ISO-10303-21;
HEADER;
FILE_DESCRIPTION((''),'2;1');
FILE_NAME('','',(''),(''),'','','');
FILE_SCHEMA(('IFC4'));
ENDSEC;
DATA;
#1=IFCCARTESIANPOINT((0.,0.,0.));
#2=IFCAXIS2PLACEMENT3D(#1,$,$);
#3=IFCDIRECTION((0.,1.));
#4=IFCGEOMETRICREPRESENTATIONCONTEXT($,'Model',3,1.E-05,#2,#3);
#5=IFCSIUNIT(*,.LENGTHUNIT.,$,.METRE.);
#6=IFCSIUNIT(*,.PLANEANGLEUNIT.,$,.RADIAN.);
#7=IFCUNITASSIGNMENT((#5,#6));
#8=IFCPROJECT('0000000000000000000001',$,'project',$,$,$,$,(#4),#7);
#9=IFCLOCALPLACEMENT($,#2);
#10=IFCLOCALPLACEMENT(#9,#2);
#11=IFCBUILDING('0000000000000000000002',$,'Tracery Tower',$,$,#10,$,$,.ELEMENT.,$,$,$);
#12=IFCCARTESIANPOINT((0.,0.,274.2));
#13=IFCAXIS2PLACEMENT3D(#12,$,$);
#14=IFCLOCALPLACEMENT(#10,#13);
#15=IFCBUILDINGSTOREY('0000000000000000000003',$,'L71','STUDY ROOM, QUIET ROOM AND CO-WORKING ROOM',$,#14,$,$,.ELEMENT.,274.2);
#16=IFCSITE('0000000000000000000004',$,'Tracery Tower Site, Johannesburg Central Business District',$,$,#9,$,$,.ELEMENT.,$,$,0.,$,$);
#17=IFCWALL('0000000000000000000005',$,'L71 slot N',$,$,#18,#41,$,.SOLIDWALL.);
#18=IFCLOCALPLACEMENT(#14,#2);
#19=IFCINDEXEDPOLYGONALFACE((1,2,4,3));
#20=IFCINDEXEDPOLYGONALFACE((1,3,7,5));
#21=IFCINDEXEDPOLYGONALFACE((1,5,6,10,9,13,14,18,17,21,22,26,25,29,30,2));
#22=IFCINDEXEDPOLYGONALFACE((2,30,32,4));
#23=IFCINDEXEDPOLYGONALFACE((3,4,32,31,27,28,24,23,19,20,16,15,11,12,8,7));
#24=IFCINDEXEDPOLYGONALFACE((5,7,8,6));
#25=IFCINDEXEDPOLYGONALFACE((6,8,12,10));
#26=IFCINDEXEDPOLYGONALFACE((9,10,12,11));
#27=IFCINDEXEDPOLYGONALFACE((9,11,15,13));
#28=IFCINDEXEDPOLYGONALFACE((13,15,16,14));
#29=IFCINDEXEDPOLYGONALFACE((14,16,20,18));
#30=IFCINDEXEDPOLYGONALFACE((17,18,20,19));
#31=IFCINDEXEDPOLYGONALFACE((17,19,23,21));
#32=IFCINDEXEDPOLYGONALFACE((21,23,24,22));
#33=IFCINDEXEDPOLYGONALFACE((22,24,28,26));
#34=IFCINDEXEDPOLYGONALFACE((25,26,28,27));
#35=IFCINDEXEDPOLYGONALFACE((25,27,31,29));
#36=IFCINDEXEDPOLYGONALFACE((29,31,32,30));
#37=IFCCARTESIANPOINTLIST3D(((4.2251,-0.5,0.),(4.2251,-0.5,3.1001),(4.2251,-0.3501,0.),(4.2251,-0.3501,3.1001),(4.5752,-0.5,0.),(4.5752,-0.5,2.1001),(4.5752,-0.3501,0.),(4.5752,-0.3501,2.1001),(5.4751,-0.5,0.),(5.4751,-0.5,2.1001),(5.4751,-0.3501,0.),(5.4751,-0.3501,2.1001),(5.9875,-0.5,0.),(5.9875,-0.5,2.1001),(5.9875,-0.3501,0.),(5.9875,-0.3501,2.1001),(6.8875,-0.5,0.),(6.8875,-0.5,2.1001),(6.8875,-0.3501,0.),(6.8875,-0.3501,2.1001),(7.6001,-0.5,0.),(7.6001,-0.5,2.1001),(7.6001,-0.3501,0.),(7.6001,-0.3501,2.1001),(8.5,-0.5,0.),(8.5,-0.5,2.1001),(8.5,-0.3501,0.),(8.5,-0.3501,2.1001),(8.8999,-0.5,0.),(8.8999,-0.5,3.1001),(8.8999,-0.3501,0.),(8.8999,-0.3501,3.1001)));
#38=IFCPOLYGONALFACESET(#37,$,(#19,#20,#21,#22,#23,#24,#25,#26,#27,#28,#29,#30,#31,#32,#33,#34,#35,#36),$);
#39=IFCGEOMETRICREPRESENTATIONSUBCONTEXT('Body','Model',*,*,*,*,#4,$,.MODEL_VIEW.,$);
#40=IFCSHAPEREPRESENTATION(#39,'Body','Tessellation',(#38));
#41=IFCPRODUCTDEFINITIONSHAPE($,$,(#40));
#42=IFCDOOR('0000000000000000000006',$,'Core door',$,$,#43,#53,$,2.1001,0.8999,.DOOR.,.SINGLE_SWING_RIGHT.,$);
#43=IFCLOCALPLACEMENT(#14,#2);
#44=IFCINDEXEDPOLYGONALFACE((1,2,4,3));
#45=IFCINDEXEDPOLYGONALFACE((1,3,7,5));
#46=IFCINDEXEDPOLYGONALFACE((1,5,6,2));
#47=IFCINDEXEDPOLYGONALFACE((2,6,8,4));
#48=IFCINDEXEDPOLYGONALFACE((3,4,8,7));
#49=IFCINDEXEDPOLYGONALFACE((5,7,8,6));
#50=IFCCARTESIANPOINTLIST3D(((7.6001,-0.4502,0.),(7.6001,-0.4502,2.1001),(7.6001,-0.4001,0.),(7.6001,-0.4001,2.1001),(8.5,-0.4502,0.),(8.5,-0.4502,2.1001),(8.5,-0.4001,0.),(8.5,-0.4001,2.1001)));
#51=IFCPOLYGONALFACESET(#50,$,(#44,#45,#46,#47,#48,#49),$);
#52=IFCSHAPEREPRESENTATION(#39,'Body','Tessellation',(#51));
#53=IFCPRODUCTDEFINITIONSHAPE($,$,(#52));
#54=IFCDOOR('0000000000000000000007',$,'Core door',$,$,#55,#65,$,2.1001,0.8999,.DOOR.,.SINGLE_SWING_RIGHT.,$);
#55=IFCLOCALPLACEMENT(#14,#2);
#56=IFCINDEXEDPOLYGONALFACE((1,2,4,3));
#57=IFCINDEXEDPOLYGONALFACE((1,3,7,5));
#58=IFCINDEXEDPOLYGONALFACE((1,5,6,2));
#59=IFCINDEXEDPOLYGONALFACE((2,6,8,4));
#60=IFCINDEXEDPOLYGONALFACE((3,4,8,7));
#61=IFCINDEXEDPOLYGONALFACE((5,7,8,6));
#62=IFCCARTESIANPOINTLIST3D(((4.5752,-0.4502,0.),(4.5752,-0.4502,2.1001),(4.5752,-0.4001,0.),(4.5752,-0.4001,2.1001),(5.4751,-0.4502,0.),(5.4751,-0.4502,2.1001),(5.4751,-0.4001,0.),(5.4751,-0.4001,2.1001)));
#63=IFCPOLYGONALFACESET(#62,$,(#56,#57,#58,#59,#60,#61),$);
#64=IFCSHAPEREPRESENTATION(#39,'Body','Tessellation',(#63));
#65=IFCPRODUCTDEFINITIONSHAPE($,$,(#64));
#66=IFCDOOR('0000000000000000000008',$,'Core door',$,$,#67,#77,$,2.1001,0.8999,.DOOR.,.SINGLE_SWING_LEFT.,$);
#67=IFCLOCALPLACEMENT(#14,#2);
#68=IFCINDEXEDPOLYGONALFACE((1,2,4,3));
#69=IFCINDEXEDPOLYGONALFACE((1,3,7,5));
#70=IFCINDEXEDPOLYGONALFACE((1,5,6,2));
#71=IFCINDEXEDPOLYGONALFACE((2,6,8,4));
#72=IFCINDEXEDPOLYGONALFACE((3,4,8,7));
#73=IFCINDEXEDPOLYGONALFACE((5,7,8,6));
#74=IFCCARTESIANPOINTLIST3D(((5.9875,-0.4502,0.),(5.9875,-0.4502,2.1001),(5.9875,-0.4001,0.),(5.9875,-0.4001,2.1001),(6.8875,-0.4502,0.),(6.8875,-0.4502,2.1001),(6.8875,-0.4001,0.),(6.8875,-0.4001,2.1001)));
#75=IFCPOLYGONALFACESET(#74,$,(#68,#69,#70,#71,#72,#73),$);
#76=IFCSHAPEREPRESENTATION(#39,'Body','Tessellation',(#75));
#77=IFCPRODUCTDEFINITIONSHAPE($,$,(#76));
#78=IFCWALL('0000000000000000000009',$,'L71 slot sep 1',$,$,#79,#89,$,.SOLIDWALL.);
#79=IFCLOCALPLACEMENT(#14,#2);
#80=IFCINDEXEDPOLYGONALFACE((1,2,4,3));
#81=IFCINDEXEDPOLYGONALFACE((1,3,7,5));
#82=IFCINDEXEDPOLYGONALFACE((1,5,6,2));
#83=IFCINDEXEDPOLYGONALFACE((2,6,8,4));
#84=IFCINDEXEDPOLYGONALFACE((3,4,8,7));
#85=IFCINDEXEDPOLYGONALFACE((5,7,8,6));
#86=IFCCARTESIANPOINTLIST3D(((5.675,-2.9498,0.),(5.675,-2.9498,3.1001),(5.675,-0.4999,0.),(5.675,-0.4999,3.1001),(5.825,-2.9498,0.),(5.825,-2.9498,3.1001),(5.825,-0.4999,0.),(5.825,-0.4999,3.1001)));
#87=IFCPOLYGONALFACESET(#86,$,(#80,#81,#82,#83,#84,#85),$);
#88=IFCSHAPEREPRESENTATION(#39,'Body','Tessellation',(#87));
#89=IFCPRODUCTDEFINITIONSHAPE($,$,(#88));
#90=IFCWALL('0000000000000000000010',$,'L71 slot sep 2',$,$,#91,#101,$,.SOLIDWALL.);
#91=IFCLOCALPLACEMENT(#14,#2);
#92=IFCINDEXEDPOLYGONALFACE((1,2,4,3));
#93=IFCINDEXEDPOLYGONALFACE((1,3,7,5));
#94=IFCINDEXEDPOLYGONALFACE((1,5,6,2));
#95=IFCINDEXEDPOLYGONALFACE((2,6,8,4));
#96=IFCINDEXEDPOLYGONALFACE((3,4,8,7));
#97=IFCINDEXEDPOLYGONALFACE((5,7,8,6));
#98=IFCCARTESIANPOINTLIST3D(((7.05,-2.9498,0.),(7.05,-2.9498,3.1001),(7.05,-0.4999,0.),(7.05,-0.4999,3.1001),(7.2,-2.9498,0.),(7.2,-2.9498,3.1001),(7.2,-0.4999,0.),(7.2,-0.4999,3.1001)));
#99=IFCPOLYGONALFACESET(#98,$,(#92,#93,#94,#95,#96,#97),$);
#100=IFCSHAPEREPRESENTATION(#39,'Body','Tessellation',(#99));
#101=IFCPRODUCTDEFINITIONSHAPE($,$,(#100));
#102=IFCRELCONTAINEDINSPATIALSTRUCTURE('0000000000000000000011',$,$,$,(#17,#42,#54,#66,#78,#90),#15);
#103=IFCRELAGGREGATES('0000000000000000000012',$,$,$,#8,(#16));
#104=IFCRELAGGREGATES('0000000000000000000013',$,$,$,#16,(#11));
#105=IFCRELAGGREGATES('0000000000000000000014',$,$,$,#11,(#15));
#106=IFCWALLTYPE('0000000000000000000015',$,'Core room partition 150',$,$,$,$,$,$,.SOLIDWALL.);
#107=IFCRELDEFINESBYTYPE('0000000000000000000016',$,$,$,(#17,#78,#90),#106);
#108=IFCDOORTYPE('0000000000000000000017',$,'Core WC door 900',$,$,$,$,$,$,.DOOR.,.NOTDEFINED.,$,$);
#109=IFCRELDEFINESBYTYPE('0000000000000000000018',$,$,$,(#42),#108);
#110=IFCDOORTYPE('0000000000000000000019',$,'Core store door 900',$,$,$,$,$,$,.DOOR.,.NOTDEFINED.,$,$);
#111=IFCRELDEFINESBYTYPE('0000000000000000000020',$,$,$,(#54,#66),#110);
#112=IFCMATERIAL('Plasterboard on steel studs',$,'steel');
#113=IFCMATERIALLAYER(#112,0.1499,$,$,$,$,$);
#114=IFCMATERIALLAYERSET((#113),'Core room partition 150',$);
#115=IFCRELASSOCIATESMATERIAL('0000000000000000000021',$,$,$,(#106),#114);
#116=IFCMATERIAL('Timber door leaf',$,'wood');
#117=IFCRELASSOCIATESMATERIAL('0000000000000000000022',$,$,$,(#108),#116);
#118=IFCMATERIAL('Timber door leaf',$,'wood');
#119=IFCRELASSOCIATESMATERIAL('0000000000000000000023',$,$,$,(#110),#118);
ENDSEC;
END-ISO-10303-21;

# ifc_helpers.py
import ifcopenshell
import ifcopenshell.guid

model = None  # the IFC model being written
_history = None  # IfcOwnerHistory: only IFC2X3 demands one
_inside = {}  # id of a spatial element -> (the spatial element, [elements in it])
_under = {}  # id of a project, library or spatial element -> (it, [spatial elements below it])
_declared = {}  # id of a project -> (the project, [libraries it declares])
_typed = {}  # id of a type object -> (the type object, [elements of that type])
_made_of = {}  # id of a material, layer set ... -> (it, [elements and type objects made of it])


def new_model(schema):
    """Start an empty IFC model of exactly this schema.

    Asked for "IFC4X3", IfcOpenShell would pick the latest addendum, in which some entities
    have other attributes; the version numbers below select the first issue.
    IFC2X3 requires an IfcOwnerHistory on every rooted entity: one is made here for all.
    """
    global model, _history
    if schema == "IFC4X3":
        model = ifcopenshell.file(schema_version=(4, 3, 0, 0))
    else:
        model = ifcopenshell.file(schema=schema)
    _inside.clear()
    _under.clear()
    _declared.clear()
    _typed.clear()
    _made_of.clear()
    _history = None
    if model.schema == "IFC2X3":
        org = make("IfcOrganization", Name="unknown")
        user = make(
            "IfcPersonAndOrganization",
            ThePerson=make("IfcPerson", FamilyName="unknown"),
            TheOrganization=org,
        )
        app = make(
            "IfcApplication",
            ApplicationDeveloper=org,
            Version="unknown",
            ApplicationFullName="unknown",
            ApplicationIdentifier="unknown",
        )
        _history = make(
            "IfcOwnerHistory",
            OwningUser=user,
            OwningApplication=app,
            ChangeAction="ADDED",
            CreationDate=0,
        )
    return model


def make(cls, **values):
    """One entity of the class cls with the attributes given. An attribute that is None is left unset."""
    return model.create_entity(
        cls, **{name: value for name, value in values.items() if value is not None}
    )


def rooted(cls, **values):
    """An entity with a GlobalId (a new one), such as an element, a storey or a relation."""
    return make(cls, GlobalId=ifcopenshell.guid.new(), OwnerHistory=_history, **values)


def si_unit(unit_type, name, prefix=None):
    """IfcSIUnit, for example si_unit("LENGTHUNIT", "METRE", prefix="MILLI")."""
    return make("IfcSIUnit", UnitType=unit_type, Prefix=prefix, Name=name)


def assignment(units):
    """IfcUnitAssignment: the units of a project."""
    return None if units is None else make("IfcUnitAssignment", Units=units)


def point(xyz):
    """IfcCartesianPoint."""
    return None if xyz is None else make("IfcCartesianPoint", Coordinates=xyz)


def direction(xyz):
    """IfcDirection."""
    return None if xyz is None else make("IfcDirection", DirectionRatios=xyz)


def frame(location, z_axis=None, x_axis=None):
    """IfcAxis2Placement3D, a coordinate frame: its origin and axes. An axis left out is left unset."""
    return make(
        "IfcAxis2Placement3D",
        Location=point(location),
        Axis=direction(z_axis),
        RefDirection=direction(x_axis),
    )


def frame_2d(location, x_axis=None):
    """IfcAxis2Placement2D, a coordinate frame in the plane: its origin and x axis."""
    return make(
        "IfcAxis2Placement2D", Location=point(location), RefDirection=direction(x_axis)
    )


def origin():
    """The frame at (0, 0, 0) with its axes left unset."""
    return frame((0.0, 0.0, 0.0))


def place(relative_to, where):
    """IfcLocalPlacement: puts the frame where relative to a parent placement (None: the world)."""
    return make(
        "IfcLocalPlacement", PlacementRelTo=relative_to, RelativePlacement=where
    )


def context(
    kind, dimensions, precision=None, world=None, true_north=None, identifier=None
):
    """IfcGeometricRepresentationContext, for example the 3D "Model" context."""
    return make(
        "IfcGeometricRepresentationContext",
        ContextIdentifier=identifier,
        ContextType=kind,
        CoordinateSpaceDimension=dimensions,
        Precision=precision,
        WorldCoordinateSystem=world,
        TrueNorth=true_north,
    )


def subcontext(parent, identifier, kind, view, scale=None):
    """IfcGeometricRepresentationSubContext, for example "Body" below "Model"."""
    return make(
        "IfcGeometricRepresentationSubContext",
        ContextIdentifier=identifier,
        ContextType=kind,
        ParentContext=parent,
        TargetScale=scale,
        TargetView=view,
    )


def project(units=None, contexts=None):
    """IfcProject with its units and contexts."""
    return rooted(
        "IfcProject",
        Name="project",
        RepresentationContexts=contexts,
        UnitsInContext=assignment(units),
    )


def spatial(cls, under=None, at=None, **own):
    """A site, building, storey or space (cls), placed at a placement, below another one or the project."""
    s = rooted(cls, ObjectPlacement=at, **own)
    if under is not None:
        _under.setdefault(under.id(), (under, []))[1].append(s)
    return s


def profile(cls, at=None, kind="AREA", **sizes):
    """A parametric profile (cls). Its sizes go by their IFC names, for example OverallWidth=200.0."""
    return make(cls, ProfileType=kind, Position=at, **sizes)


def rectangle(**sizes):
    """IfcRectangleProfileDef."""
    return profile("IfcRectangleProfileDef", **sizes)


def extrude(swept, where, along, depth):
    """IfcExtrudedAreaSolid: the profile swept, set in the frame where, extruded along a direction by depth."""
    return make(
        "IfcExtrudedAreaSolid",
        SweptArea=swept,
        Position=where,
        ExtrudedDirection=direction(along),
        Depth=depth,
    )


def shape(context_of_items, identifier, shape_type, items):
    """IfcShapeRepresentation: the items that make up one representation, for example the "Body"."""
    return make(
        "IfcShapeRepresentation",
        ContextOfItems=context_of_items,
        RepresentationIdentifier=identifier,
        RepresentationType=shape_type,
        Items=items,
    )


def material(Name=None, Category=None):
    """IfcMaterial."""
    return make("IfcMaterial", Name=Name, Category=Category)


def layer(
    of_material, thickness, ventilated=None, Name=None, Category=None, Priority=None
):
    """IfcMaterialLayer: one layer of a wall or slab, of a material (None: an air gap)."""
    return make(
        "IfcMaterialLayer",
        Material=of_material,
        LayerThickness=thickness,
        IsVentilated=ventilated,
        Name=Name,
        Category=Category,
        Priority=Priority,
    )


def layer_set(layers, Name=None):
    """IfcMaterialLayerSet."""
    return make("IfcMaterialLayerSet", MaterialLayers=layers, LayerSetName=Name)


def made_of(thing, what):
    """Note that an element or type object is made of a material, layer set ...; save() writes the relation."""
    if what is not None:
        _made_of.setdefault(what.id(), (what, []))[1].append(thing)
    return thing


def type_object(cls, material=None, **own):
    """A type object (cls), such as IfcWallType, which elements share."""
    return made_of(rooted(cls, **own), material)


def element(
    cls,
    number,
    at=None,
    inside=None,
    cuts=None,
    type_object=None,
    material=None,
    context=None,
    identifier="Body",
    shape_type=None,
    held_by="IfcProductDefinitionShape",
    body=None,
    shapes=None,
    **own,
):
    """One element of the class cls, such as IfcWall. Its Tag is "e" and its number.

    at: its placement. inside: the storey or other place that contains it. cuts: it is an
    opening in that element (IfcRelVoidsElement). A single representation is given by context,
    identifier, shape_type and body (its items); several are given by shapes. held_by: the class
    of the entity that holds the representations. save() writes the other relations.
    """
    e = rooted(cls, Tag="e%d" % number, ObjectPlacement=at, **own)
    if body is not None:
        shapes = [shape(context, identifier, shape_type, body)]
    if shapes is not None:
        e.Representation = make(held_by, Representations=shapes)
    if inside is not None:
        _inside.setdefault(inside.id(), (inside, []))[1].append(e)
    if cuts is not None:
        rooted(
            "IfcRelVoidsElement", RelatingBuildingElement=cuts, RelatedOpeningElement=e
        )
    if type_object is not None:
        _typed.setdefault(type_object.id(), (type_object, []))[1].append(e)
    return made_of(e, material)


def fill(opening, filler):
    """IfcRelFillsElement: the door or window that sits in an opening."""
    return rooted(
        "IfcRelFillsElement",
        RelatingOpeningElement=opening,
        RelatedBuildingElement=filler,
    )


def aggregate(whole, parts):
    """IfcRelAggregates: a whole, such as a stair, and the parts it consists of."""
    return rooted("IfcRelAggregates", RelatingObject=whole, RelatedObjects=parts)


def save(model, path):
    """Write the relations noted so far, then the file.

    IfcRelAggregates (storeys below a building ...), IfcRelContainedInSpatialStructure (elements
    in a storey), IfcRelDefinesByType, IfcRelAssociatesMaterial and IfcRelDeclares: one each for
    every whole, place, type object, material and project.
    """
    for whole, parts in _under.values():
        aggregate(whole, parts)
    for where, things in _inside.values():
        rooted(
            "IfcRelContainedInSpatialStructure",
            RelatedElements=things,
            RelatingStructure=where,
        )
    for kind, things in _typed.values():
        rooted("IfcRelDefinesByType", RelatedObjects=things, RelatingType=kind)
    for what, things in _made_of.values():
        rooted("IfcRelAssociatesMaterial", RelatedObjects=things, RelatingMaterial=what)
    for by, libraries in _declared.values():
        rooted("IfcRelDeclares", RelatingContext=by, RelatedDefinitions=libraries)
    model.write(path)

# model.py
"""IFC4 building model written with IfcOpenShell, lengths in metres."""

from ifc_helpers import new_model, si_unit, direction, frame, frame_2d, origin, place, context, subcontext, project, spatial, rectangle, extrude, material, layer, layer_set, type_object, element, fill, save


model = new_model("IFC4")

# Units and contexts
model_context = context("Model", 3, precision=1e-05, world=origin(), true_north=direction((0.0, 1.0)))
body_context = subcontext(model_context, "Body", "Model", "MODEL_VIEW")
ifc_project = project(units=[si_unit("LENGTHUNIT", "METRE"), si_unit("PLANEANGLEUNIT", "RADIAN")], contexts=[model_context])

# Site, building, storey
site_placement = place(None, origin())
site = spatial("IfcSite", under=ifc_project, at=site_placement, Name="Tracery Tower Site, Johannesburg Central Business District", CompositionType="ELEMENT", RefElevation=0.0)
building_placement = place(site_placement, origin())
building = spatial("IfcBuilding", under=site, at=building_placement, Name="Tracery Tower", CompositionType="ELEMENT")
storey_placement = place(building_placement, frame((0.0, 0.0, 274.2)))
storey = spatial("IfcBuildingStorey", under=building, at=storey_placement, Name="L71", Description="STUDY ROOM, QUIET ROOM AND CO-WORKING ROOM", CompositionType="ELEMENT", Elevation=274.2)

# Wall, openings, doors
ifc_material_1 = material(Name="Plasterboard on steel studs", Category="steel")
ifc_layer_1 = layer(ifc_material_1, 0.1499)
ifc_layer_set_1 = layer_set([ifc_layer_1], Name="Core room partition 150")
wall_type_1 = type_object("IfcWallType", Name="Core room partition 150", PredefinedType="SOLIDWALL", material=ifc_layer_set_1)
wall_1_placement = place(storey_placement, frame((4.2251, -0.425, 0.0), z_axis=(0.0, 0.0, 1.0), x_axis=(1.0, 0.0, 0.0)))
wall_1 = element("IfcWall", 1, at=wall_1_placement, inside=storey, type_object=wall_type_1, Name="L71 slot N", PredefinedType="SOLIDWALL", context=body_context, shape_type="SweptSolid", body=[
    extrude(rectangle(XDim=4.6748, YDim=0.1499, at=frame_2d((2.3374, 0.0))), origin(), (0.0, 0.0, 1.0), 3.1001),
])
opening_1_placement = place(wall_1_placement, frame((0.3501, 0.0, 0.0)))
opening_1 = element("IfcOpeningElement", 2, at=opening_1_placement, cuts=wall_1, PredefinedType="OPENING", context=body_context, shape_type="SweptSolid", body=[
    extrude(rectangle(XDim=0.8999, YDim=2.1001, at=frame_2d((0.45, 1.05))), frame((0.0, 0.075, 0.0), z_axis=(0.0, -1.0, 0.0), x_axis=(1.0, 0.0, 0.0)), (0.0, 0.0, 1.0), 0.1499),
])
opening_2_placement = place(wall_1_placement, frame((1.7625, 0.0, 0.0)))
opening_2 = element("IfcOpeningElement", 3, at=opening_2_placement, cuts=wall_1, PredefinedType="OPENING", context=body_context, shape_type="SweptSolid", body=[
    extrude(rectangle(XDim=0.8999, YDim=2.1001, at=frame_2d((0.45, 1.05))), frame((0.0, 0.075, 0.0), z_axis=(0.0, -1.0, 0.0), x_axis=(1.0, 0.0, 0.0)), (0.0, 0.0, 1.0), 0.1499),
])
opening_3_placement = place(wall_1_placement, frame((3.375, 0.0, 0.0)))
opening_3 = element("IfcOpeningElement", 4, at=opening_3_placement, cuts=wall_1, PredefinedType="OPENING", context=body_context, shape_type="SweptSolid", body=[
    extrude(rectangle(XDim=0.8999, YDim=2.1001, at=frame_2d((0.45, 1.05))), frame((0.0, 0.075, 0.0), z_axis=(0.0, -1.0, 0.0), x_axis=(1.0, 0.0, 0.0)), (0.0, 0.0, 1.0), 0.1499),
])
ifc_material_2 = material(Name="Timber door leaf", Category="wood")
door_type_1 = type_object("IfcDoorType", Name="Core WC door 900", OperationType="NOTDEFINED", PredefinedType="DOOR", material=ifc_material_2)
door_1_placement = place(opening_3_placement, origin())
door_1 = element("IfcDoor", 5, at=door_1_placement, inside=storey, type_object=door_type_1, Name="Core door", OperationType="SINGLE_SWING_RIGHT", OverallHeight=2.1001, OverallWidth=0.8999, PredefinedType="DOOR", context=body_context, shape_type="SweptSolid", body=[
    extrude(rectangle(XDim=0.8999, YDim=2.1001, at=frame_2d((0.45, 1.05))), frame((0.0, 0.0249, 0.0), z_axis=(0.0, -1.0, 0.0), x_axis=(1.0, 0.0, 0.0)), (0.0, 0.0, 1.0), 0.05),
])
fill(opening_3, door_1)
ifc_material_3 = material(Name="Timber door leaf", Category="wood")
door_type_2 = type_object("IfcDoorType", Name="Core store door 900", OperationType="NOTDEFINED", PredefinedType="DOOR", material=ifc_material_3)
door_2_placement = place(opening_1_placement, origin())
door_2 = element("IfcDoor", 6, at=door_2_placement, inside=storey, type_object=door_type_2, Name="Core door", OperationType="SINGLE_SWING_RIGHT", OverallHeight=2.1001, OverallWidth=0.8999, PredefinedType="DOOR", context=body_context, shape_type="SweptSolid", body=[
    extrude(rectangle(XDim=0.8999, YDim=2.1001, at=frame_2d((0.45, 1.05))), frame((0.0, 0.0249, 0.0), z_axis=(0.0, -1.0, 0.0), x_axis=(1.0, 0.0, 0.0)), (0.0, 0.0, 1.0), 0.05),
])
fill(opening_1, door_2)
door_3_placement = place(opening_2_placement, origin())
door_3 = element("IfcDoor", 7, at=door_3_placement, inside=storey, type_object=door_type_2, Name="Core door", OperationType="SINGLE_SWING_LEFT", OverallHeight=2.1001, OverallWidth=0.8999, PredefinedType="DOOR", context=body_context, shape_type="SweptSolid", body=[
    extrude(rectangle(XDim=0.8999, YDim=2.1001, at=frame_2d((0.45, 1.05))), frame((0.0, 0.0249, 0.0), z_axis=(0.0, -1.0, 0.0), x_axis=(1.0, 0.0, 0.0)), (0.0, 0.0, 1.0), 0.05),
])
fill(opening_2, door_3)

# Walls
for number, where, z_axis, x_axis, name in (
    (8, (5.75, -2.95, 0.0), (0.0, 0.0, 1.0), (0.0, 1.0, 0.0), "L71 slot sep 1"),
    (9, (7.125, -2.95, 0.0), (0.0, 0.0, 1.0), (0.0, 1.0, 0.0), "L71 slot sep 2"),
):
    element("IfcWall", number, at=place(storey_placement, frame(where, z_axis=z_axis, x_axis=x_axis)), inside=storey, type_object=wall_type_1, Name=name, PredefinedType="SOLIDWALL", context=body_context, shape_type="SweptSolid", body=[
        extrude(rectangle(XDim=2.45, YDim=0.1499, at=frame_2d((1.2251, 0.0))), origin(), (0.0, 0.0, 1.0), 3.1001),
    ])

save(model, "model.ifc")
